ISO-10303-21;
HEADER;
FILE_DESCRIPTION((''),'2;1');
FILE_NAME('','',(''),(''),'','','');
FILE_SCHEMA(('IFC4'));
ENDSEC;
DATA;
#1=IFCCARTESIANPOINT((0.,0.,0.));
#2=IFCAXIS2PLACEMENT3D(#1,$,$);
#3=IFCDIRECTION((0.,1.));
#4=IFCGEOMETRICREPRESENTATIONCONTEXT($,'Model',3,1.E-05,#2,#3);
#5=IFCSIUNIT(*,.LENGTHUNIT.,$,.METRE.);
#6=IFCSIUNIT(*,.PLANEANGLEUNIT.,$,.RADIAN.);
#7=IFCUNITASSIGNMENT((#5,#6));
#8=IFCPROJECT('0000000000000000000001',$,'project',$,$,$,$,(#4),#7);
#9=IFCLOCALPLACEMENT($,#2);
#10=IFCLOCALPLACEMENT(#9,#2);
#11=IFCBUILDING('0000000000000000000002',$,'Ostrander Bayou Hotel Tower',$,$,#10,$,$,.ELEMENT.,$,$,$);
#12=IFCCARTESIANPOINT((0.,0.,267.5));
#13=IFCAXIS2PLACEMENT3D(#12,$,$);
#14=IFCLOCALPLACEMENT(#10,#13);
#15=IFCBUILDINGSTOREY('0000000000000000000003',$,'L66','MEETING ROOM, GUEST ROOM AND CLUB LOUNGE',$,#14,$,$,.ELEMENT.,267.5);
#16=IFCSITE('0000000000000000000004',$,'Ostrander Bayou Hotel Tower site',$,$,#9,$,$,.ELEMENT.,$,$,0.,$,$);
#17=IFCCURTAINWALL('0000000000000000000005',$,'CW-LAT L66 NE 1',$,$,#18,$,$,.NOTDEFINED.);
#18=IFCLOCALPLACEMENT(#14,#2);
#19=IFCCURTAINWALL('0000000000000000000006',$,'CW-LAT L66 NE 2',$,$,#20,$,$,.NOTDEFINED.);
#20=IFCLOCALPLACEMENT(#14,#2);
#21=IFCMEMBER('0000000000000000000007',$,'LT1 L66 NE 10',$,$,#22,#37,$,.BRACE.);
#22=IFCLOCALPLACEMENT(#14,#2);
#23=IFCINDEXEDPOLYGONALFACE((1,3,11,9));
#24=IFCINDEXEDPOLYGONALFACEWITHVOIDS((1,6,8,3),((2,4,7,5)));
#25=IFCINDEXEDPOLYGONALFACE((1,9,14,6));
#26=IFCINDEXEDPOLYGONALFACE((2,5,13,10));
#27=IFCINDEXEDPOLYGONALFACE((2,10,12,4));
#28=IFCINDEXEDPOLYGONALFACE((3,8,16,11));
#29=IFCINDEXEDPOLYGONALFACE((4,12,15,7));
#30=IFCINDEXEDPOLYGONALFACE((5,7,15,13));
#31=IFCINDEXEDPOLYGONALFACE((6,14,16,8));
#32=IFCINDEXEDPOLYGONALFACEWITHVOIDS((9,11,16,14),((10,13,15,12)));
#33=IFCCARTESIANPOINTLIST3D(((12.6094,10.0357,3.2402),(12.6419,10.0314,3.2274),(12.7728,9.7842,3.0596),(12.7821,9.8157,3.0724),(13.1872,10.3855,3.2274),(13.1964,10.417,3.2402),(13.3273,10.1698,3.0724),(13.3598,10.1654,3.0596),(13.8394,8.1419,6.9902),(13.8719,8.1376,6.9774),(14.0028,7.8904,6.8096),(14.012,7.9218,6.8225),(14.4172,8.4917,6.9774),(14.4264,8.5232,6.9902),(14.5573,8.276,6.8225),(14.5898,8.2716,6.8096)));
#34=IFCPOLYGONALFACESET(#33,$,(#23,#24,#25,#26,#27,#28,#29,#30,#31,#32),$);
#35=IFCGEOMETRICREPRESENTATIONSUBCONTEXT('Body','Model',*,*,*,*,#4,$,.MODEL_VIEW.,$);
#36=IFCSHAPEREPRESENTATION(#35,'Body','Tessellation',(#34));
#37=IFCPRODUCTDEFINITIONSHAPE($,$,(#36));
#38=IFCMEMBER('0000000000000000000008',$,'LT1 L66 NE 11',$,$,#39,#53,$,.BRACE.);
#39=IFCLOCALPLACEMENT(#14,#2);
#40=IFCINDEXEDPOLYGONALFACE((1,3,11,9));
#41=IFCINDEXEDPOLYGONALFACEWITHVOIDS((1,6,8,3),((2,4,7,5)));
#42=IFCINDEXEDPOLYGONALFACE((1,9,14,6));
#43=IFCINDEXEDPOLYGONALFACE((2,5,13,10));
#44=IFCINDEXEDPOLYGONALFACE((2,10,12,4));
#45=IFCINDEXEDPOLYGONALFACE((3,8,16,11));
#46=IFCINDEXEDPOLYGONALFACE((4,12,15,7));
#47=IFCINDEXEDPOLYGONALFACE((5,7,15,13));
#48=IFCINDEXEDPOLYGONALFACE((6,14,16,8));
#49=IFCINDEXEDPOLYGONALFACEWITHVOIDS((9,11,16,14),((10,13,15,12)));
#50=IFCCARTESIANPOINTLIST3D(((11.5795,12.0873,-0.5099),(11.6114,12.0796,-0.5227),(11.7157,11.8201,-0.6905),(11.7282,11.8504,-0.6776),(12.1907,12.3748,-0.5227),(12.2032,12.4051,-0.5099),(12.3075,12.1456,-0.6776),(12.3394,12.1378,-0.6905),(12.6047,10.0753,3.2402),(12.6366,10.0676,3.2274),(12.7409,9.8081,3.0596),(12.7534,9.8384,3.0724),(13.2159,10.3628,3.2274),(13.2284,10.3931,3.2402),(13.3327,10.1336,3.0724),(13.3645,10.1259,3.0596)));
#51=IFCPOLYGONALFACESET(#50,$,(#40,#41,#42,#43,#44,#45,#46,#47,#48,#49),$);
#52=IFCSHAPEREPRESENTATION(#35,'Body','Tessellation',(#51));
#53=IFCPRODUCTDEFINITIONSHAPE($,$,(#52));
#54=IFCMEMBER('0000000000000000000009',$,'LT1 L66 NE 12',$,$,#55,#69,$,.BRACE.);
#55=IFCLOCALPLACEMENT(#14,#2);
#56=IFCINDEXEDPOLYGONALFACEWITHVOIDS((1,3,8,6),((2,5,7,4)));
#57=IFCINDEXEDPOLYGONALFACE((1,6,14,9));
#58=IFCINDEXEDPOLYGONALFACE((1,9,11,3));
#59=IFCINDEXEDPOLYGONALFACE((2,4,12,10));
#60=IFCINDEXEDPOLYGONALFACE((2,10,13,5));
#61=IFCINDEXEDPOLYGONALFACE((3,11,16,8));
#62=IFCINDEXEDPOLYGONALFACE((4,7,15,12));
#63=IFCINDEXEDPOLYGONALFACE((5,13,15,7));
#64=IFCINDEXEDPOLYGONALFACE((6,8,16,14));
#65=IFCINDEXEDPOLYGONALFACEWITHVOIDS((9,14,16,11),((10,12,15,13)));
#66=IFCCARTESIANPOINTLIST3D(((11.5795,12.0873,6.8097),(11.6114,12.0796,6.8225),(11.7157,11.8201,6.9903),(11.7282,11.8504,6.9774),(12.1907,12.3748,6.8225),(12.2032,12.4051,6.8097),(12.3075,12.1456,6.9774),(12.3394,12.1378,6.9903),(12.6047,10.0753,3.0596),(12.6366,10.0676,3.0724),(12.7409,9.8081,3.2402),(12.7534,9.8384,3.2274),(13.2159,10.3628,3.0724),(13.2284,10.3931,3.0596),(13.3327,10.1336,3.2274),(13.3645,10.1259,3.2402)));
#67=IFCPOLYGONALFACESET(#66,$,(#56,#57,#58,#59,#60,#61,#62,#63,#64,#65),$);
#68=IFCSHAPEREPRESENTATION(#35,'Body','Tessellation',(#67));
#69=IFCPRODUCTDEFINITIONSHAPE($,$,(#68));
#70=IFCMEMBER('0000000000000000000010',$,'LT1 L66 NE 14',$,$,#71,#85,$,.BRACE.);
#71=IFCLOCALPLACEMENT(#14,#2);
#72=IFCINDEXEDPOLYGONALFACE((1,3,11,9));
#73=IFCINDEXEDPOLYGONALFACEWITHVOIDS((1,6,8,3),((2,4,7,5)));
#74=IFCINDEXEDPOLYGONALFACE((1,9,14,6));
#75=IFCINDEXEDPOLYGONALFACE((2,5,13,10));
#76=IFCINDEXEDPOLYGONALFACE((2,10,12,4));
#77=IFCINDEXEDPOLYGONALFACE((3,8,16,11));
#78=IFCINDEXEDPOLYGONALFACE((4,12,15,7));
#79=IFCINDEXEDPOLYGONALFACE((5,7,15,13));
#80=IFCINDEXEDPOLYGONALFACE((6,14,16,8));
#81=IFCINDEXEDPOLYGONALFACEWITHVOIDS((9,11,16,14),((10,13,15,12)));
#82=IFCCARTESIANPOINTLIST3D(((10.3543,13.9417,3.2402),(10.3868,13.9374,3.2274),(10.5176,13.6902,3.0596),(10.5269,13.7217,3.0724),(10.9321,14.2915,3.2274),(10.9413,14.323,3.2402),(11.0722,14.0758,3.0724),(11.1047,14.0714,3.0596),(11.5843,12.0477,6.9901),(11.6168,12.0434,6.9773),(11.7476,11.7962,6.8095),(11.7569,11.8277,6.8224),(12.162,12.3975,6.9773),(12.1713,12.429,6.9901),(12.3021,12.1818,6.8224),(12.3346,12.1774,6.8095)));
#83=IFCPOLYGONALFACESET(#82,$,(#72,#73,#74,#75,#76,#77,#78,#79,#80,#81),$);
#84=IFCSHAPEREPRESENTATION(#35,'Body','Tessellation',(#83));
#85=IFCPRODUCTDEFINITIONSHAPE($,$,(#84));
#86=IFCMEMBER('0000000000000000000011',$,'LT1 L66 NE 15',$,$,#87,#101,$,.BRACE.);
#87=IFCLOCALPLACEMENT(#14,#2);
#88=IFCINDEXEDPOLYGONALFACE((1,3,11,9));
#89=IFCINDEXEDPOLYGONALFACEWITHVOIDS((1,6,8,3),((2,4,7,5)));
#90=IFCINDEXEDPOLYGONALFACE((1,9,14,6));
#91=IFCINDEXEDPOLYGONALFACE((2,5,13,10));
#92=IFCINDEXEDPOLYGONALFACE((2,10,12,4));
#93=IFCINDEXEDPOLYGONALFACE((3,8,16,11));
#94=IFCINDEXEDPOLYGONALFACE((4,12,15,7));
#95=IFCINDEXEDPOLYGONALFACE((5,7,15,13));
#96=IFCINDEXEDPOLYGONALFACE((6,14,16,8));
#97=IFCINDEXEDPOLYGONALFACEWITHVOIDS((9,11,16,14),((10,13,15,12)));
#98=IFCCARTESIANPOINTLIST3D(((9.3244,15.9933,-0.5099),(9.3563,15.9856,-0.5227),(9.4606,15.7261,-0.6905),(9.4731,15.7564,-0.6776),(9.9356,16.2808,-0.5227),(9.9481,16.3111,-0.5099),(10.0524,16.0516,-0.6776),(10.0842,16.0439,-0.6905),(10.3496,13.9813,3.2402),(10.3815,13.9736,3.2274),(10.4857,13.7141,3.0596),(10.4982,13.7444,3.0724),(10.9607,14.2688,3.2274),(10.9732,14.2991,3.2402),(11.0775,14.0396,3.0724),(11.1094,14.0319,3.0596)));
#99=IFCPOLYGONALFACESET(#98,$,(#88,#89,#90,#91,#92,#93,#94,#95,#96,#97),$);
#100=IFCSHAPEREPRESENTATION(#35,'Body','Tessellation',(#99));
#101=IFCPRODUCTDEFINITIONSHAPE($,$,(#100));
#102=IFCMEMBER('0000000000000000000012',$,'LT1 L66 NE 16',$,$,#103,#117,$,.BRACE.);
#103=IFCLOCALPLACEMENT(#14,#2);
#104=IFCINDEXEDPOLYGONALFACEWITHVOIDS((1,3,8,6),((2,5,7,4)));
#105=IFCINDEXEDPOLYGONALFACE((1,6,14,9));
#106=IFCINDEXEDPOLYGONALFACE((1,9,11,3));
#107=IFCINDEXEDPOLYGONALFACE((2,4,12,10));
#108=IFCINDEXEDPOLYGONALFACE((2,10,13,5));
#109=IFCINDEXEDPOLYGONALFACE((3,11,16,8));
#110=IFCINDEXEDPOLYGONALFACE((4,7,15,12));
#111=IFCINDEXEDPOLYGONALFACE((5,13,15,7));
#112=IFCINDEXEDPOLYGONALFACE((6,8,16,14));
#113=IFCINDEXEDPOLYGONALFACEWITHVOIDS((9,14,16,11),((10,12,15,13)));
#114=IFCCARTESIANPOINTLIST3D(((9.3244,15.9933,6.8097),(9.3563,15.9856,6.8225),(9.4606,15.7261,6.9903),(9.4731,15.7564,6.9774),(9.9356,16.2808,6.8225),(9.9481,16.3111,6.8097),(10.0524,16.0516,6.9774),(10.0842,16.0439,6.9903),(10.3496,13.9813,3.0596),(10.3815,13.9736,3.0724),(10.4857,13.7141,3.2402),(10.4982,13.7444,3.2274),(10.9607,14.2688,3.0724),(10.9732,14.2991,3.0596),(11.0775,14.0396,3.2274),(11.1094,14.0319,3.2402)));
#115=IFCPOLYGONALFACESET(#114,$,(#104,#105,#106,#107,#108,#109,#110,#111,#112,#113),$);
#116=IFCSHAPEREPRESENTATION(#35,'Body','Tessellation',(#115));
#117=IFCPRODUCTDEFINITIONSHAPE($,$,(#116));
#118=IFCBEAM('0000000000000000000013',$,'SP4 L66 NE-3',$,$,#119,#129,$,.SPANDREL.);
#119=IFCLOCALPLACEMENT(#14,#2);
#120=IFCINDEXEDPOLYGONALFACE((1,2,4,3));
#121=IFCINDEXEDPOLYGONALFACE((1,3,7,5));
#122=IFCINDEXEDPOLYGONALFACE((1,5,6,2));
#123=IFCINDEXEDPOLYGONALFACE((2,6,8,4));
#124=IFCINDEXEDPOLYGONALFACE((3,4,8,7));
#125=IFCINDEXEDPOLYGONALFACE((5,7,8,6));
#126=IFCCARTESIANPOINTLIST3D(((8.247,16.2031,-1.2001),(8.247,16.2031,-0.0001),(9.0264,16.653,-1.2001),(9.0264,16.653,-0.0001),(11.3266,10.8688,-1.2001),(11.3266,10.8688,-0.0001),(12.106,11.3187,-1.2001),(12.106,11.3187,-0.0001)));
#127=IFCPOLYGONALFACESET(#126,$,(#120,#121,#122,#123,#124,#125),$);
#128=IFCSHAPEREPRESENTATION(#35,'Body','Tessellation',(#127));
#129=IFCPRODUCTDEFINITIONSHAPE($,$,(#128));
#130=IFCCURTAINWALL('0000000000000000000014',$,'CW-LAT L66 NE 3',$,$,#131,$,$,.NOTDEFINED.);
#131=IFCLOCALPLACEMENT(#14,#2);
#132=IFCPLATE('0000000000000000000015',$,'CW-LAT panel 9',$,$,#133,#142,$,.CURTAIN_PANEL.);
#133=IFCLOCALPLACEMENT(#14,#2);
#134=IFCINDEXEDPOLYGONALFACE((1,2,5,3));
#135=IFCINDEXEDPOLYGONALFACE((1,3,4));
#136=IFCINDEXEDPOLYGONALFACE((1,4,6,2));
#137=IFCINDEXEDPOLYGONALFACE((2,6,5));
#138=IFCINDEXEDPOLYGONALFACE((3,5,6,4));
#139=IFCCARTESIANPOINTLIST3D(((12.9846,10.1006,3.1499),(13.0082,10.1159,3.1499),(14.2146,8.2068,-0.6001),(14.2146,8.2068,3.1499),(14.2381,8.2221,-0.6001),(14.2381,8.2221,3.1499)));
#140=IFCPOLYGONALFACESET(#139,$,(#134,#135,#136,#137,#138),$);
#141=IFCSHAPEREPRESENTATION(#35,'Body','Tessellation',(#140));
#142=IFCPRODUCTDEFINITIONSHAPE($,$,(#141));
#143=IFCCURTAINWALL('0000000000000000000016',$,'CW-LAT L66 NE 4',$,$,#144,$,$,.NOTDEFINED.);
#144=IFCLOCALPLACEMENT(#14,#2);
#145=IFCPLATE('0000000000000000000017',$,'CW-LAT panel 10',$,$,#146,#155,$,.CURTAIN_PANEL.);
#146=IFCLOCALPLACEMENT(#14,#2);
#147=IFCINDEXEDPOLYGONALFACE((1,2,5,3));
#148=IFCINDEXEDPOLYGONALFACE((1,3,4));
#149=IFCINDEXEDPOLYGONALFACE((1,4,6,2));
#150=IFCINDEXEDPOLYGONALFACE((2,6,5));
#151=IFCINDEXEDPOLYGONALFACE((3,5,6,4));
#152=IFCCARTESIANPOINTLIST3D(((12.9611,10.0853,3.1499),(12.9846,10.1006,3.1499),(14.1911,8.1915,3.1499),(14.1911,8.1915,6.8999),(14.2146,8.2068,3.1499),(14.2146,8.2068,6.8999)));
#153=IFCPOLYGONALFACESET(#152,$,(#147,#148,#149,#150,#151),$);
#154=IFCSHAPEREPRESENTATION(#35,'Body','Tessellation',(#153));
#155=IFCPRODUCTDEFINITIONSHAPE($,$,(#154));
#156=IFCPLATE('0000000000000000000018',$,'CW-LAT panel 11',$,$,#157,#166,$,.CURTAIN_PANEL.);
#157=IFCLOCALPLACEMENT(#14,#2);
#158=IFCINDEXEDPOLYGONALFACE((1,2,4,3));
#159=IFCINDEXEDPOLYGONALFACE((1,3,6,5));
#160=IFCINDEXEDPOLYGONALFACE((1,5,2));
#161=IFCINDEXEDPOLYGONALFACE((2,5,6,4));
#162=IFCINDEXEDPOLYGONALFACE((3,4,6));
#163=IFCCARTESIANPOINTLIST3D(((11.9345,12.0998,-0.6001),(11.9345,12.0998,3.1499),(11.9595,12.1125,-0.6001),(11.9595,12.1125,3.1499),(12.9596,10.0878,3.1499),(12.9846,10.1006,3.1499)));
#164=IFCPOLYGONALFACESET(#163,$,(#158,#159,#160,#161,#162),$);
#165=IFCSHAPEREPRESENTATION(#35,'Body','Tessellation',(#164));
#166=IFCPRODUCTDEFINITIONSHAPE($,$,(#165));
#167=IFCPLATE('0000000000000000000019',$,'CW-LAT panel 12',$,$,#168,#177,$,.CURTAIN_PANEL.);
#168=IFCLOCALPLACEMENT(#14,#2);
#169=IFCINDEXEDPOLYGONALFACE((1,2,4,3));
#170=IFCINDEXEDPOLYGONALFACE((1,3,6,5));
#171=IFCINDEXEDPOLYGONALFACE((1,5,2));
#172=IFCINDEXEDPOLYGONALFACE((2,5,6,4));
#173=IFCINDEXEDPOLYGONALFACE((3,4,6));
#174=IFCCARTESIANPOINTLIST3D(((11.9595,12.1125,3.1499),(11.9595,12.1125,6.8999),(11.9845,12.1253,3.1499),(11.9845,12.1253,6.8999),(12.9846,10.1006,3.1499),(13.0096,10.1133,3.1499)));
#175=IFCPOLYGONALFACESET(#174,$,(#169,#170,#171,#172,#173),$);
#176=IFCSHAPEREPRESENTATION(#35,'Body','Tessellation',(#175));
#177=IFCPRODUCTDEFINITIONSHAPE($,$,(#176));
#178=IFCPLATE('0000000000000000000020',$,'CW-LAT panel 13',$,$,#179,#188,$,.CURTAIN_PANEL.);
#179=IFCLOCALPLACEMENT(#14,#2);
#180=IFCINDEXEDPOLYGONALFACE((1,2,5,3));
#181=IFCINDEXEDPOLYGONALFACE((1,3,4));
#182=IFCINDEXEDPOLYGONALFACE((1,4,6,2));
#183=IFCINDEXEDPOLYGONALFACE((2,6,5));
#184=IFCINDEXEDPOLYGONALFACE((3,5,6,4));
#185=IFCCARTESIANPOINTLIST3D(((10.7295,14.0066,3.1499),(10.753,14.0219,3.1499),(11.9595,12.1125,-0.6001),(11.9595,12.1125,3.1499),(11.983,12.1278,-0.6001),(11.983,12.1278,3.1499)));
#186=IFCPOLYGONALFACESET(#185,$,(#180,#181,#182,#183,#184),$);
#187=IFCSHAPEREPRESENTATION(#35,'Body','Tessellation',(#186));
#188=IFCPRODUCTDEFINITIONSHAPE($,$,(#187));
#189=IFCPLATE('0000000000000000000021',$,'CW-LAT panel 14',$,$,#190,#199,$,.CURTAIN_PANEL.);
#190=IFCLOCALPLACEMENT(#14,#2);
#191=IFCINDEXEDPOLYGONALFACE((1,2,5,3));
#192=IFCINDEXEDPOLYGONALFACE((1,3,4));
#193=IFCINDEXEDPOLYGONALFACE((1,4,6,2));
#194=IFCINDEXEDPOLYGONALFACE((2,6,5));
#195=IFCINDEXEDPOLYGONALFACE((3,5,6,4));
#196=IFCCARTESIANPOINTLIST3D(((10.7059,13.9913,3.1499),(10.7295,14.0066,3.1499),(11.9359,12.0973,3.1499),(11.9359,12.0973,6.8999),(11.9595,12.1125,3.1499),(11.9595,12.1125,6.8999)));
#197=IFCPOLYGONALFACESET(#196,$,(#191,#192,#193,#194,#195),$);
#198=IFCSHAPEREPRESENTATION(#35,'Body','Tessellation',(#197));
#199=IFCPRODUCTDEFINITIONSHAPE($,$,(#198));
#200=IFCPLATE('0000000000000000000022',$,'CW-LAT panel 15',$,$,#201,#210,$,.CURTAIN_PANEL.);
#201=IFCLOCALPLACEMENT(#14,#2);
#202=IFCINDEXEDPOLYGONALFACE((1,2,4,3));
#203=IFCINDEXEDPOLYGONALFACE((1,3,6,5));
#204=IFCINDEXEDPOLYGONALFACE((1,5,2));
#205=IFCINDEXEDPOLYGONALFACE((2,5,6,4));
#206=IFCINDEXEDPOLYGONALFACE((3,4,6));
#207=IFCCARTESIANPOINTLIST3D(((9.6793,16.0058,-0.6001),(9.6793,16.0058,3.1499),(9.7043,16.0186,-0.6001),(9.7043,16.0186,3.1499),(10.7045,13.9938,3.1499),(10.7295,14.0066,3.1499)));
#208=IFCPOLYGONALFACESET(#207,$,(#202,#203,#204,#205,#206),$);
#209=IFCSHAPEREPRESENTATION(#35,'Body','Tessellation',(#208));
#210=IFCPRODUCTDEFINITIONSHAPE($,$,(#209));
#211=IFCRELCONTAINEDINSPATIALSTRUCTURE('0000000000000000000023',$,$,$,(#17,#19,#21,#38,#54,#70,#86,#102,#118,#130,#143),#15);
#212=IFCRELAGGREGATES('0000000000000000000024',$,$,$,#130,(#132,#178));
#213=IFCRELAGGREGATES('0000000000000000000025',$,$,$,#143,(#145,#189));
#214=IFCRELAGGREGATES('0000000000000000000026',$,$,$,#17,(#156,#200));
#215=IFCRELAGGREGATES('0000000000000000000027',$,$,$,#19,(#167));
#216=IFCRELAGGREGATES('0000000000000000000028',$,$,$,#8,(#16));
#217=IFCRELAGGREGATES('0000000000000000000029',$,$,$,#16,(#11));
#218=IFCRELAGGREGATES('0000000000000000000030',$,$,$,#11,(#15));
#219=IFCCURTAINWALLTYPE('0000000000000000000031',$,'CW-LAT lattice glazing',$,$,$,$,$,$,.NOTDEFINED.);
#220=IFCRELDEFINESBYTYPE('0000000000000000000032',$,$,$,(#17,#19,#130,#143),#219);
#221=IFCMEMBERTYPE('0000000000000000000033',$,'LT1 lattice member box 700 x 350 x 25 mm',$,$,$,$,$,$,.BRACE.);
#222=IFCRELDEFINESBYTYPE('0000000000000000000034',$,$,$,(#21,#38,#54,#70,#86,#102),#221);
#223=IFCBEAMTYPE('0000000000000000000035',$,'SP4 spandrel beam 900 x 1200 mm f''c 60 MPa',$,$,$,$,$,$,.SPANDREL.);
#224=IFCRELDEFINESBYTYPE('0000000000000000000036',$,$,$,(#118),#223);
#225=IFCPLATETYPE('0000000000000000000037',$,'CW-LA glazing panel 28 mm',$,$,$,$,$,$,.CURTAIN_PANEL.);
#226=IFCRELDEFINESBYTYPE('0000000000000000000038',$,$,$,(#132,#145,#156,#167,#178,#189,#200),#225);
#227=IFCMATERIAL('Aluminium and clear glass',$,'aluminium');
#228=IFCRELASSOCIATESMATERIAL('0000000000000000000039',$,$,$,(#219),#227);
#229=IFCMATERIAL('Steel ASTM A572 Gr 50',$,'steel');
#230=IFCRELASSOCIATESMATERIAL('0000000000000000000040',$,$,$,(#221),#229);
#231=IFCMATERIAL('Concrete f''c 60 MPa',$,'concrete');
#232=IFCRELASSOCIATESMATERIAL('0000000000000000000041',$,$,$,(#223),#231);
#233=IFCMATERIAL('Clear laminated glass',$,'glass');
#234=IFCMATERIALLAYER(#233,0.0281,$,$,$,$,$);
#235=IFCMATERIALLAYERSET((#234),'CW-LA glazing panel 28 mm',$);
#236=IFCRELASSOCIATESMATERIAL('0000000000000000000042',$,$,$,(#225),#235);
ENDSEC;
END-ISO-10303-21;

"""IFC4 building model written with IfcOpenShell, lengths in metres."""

from ifc_helpers import new_model, si_unit, direction, frame, origin, origin_2d, place, context, subcontext, project, spatial, polyline, rectangle, hollow_rectangle, outline, extrude, material, layer, layer_set, material_profile, profile_set, type_object, element, aggregate, save


model = new_model("IFC4")

# Units and contexts
model_context = context("Model", 3, precision=1e-05, world=origin(), true_north=direction((0.0, 1.0)))
body_context = subcontext(model_context, "Body", "Model", "MODEL_VIEW")
ifc_project = project(units=[si_unit("LENGTHUNIT", "METRE"), si_unit("PLANEANGLEUNIT", "RADIAN")], contexts=[model_context])

# Site, building, storey
site_placement = place(None, origin())
site = spatial("IfcSite", under=ifc_project, at=site_placement, Name="Ostrander Bayou Hotel Tower site", CompositionType="ELEMENT", RefElevation=0.0)
building_placement = place(site_placement, origin())
building = spatial("IfcBuilding", under=site, at=building_placement, Name="Ostrander Bayou Hotel Tower", CompositionType="ELEMENT")
storey_placement = place(building_placement, frame((0.0, 0.0, 267.5)))
storey = spatial("IfcBuildingStorey", under=building, at=storey_placement, Name="L66", Description="MEETING ROOM, GUEST ROOM AND CLUB LOUNGE", CompositionType="ELEMENT", Elevation=267.5)

# Curtain walls
ifc_material_1 = material(Name="Aluminium and clear glass", Category="aluminium")
curtain_wall_type = type_object("IfcCurtainWallType", Name="CW-LAT lattice glazing", PredefinedType="NOTDEFINED", material=ifc_material_1)
curtain_wall_1_placement = place(storey_placement, origin())
curtain_wall_1 = element("IfcCurtainWall", 1, at=curtain_wall_1_placement, inside=storey, type_object=curtain_wall_type, Name="CW-LAT L66 NE 1", PredefinedType="NOTDEFINED")
curtain_wall_2_placement = place(storey_placement, origin())
curtain_wall_2 = element("IfcCurtainWall", 2, at=curtain_wall_2_placement, inside=storey, type_object=curtain_wall_type, Name="CW-LAT L66 NE 2", PredefinedType="NOTDEFINED")

# Members
ifc_material_2 = material(Name="Steel ASTM A572 Gr 50", Category="steel")
ifc_material_profile_1 = material_profile(ifc_material_2, hollow_rectangle(XDim=0.7, YDim=0.3501, WallThickness=0.0249, at=origin_2d()))
ifc_profile_set_1 = profile_set([ifc_material_profile_1], Name="Steel ASTM A572 Gr 50")
member_type_1 = type_object("IfcMemberType", Name="LT1 lattice member box 700 x 350 x 25 mm", PredefinedType="BRACE", material=ifc_profile_set_1)
for number, where, z_axis, x_axis, name in (
    (3, (12.9846, 10.1006, 3.1499), (0.280983, -0.432629, 0.856669), (0.838644, 0.544681, 0.0), "LT1 L66 NE 10"),
    (4, (12.9846, 10.1006, 3.1499), (-0.234192, 0.459628, -0.856678), (-0.891006, -0.453991, 0.0), "LT1 L66 NE 11"),
    (5, (12.9846, 10.1006, 3.1499), (-0.234192, 0.459628, 0.856678), (-0.891006, -0.453991, 0.0), "LT1 L66 NE 12"),
    (6, (10.7295, 14.0066, 3.1499), (0.280976, -0.432674, 0.856648), (0.838676, 0.544631, 0.0), "LT1 L66 NE 14"),
    (7, (10.7295, 14.0066, 3.1499), (-0.234192, 0.459628, -0.856678), (-0.891006, -0.453991, 0.0), "LT1 L66 NE 15"),
    (8, (10.7295, 14.0066, 3.1499), (-0.234192, 0.459628, 0.856678), (-0.891006, -0.453991, 0.0), "LT1 L66 NE 16"),
):
    element("IfcMember", number, at=place(storey_placement, frame(where, z_axis=z_axis, x_axis=x_axis)), inside=storey, type_object=member_type_1, Name=name, PredefinedType="BRACE", context=body_context, shape_type="SweptSolid", body=[
        extrude(hollow_rectangle(XDim=0.7, YDim=0.3501, WallThickness=0.0249, at=origin_2d()), origin(), (0.0, 0.0, 1.0), 4.3774),
    ])

# Beam
ifc_material_3 = material(Name="Concrete f'c 60 MPa", Category="concrete")
ifc_material_profile_2 = material_profile(ifc_material_3, rectangle(XDim=0.8999, YDim=1.2, at=origin_2d()))
ifc_profile_set_2 = profile_set([ifc_material_profile_2], Name="Concrete f'c 60 MPa")
beam_type_1 = type_object("IfcBeamType", Name="SP4 spandrel beam 900 x 1200 mm f'c 60 MPa", PredefinedType="SPANDREL", material=ifc_profile_set_2)
beam_1_placement = place(storey_placement, frame((11.7163, 11.0938, -0.6001), z_axis=(-0.499984, 0.866034, 0.0), x_axis=(-0.866034, -0.499984, 0.0)))
element("IfcBeam", 9, at=beam_1_placement, inside=storey, type_object=beam_type_1, Name="SP4 L66 NE-3", PredefinedType="SPANDREL", context=body_context, shape_type="SweptSolid", body=[
    extrude(rectangle(XDim=0.8999, YDim=1.2, at=origin_2d()), origin(), (0.0, 0.0, 1.0), 6.1594),
])

# Curtain walls, plates
curtain_wall_3_placement = place(storey_placement, origin())
curtain_wall_3 = element("IfcCurtainWall", 10, at=curtain_wall_3_placement, inside=storey, type_object=curtain_wall_type, Name="CW-LAT L66 NE 3", PredefinedType="NOTDEFINED")
ifc_material_4 = material(Name="Clear laminated glass", Category="glass")
ifc_layer_1 = layer(ifc_material_4, 0.0281)
ifc_layer_set_1 = layer_set([ifc_layer_1], Name="CW-LA glazing panel 28 mm")
plate_type = type_object("IfcPlateType", Name="CW-LA glazing panel 28 mm", PredefinedType="CURTAIN_PANEL", material=ifc_layer_set_1)
plate_1_placement = place(storey_placement, frame((12.9846, 10.1006, 3.1499), z_axis=(-0.838644, -0.544681, 0.0), x_axis=(0.280983, -0.432629, -0.856669)))
plate_1 = element("IfcPlate", 11, at=plate_1_placement, type_object=plate_type, Name="CW-LAT panel 9", PredefinedType="CURTAIN_PANEL", context=body_context, shape_type="SweptSolid", body=[
    extrude(outline(polyline([(0.0, 0.0), (4.3774, 0.0), (1.1649, 1.9345), (0.0, 0.0)])), origin(), (0.0, 0.0, -1.0), 0.0281),
])
curtain_wall_4_placement = place(storey_placement, origin())
curtain_wall_4 = element("IfcCurtainWall", 12, at=curtain_wall_4_placement, inside=storey, type_object=curtain_wall_type, Name="CW-LAT L66 NE 4", PredefinedType="NOTDEFINED")
plate_2_placement = place(storey_placement, frame((12.9846, 10.1006, 3.1499), z_axis=(0.838644, 0.544681, 0.0), x_axis=(0.280983, -0.432629, 0.856669)))
plate_2 = element("IfcPlate", 13, at=plate_2_placement, type_object=plate_type, Name="CW-LAT panel 10", PredefinedType="CURTAIN_PANEL", context=body_context, shape_type="SweptSolid", body=[
    extrude(outline(polyline([(0.0, 0.0), (4.3774, 0.0), (1.1649, 1.9345), (0.0, 0.0)])), origin(), (0.0, 0.0, -1.0), 0.0281),
])

# Plates
plate_3_placement = place(storey_placement, frame((12.9846, 10.1006, 3.1499), z_axis=(0.891006, 0.453991, 0.0), x_axis=(-0.234192, 0.459628, -0.856678)))
plate_3 = element("IfcPlate", 14, at=plate_3_placement, type_object=plate_type, Name="CW-LAT panel 11", PredefinedType="CURTAIN_PANEL", context=body_context, shape_type="SweptSolid", body=[
    extrude(outline(polyline([(0.0, 0.0), (4.3774, 0.0), (1.1648, 1.9344), (0.0, 0.0)])), origin(), (0.0, 0.0, -1.0), 0.0281),
])
plate_4_placement = place(storey_placement, frame((12.9846, 10.1006, 3.1499), z_axis=(-0.891006, -0.453991, 0.0), x_axis=(-0.234192, 0.459628, 0.856678)))
plate_4 = element("IfcPlate", 15, at=plate_4_placement, type_object=plate_type, Name="CW-LAT panel 12", PredefinedType="CURTAIN_PANEL", context=body_context, shape_type="SweptSolid", body=[
    extrude(outline(polyline([(0.0, 0.0), (4.3774, 0.0), (1.1648, 1.9344), (0.0, 0.0)])), origin(), (0.0, 0.0, -1.0), 0.0281),
])
plate_5_placement = place(storey_placement, frame((10.7295, 14.0066, 3.1499), z_axis=(-0.838676, -0.544631, 0.0), x_axis=(0.280976, -0.432674, -0.856648)))
plate_5 = element("IfcPlate", 16, at=plate_5_placement, type_object=plate_type, Name="CW-LAT panel 13", PredefinedType="CURTAIN_PANEL", context=body_context, shape_type="SweptSolid", body=[
    extrude(outline(polyline([(0.0, 0.0), (4.3775, 0.0), (1.1651, 1.9346), (0.0, 0.0)])), origin(), (0.0, 0.0, -1.0), 0.0281),
])
aggregate(curtain_wall_3, [plate_1, plate_5])
plate_6_placement = place(storey_placement, frame((10.7295, 14.0066, 3.1499), z_axis=(0.838676, 0.544631, 0.0), x_axis=(0.280976, -0.432674, 0.856648)))
plate_6 = element("IfcPlate", 17, at=plate_6_placement, type_object=plate_type, Name="CW-LAT panel 14", PredefinedType="CURTAIN_PANEL", context=body_context, shape_type="SweptSolid", body=[
    extrude(outline(polyline([(0.0, 0.0), (4.3775, 0.0), (1.1651, 1.9346), (0.0, 0.0)])), origin(), (0.0, 0.0, -1.0), 0.0281),
])
aggregate(curtain_wall_4, [plate_2, plate_6])
plate_7_placement = place(storey_placement, frame((10.7295, 14.0066, 3.1499), z_axis=(0.891006, 0.453991, 0.0), x_axis=(-0.234192, 0.459628, -0.856678)))
plate_7 = element("IfcPlate", 18, at=plate_7_placement, type_object=plate_type, Name="CW-LAT panel 15", PredefinedType="CURTAIN_PANEL", context=body_context, shape_type="SweptSolid", body=[
    extrude(outline(polyline([(0.0, 0.0), (4.3774, 0.0), (1.1648, 1.9344), (0.0, 0.0)])), origin(), (0.0, 0.0, -1.0), 0.0281),
])
aggregate(curtain_wall_1, [plate_3, plate_7])
aggregate(curtain_wall_2, [plate_4])

save(model, "model.ifc")
